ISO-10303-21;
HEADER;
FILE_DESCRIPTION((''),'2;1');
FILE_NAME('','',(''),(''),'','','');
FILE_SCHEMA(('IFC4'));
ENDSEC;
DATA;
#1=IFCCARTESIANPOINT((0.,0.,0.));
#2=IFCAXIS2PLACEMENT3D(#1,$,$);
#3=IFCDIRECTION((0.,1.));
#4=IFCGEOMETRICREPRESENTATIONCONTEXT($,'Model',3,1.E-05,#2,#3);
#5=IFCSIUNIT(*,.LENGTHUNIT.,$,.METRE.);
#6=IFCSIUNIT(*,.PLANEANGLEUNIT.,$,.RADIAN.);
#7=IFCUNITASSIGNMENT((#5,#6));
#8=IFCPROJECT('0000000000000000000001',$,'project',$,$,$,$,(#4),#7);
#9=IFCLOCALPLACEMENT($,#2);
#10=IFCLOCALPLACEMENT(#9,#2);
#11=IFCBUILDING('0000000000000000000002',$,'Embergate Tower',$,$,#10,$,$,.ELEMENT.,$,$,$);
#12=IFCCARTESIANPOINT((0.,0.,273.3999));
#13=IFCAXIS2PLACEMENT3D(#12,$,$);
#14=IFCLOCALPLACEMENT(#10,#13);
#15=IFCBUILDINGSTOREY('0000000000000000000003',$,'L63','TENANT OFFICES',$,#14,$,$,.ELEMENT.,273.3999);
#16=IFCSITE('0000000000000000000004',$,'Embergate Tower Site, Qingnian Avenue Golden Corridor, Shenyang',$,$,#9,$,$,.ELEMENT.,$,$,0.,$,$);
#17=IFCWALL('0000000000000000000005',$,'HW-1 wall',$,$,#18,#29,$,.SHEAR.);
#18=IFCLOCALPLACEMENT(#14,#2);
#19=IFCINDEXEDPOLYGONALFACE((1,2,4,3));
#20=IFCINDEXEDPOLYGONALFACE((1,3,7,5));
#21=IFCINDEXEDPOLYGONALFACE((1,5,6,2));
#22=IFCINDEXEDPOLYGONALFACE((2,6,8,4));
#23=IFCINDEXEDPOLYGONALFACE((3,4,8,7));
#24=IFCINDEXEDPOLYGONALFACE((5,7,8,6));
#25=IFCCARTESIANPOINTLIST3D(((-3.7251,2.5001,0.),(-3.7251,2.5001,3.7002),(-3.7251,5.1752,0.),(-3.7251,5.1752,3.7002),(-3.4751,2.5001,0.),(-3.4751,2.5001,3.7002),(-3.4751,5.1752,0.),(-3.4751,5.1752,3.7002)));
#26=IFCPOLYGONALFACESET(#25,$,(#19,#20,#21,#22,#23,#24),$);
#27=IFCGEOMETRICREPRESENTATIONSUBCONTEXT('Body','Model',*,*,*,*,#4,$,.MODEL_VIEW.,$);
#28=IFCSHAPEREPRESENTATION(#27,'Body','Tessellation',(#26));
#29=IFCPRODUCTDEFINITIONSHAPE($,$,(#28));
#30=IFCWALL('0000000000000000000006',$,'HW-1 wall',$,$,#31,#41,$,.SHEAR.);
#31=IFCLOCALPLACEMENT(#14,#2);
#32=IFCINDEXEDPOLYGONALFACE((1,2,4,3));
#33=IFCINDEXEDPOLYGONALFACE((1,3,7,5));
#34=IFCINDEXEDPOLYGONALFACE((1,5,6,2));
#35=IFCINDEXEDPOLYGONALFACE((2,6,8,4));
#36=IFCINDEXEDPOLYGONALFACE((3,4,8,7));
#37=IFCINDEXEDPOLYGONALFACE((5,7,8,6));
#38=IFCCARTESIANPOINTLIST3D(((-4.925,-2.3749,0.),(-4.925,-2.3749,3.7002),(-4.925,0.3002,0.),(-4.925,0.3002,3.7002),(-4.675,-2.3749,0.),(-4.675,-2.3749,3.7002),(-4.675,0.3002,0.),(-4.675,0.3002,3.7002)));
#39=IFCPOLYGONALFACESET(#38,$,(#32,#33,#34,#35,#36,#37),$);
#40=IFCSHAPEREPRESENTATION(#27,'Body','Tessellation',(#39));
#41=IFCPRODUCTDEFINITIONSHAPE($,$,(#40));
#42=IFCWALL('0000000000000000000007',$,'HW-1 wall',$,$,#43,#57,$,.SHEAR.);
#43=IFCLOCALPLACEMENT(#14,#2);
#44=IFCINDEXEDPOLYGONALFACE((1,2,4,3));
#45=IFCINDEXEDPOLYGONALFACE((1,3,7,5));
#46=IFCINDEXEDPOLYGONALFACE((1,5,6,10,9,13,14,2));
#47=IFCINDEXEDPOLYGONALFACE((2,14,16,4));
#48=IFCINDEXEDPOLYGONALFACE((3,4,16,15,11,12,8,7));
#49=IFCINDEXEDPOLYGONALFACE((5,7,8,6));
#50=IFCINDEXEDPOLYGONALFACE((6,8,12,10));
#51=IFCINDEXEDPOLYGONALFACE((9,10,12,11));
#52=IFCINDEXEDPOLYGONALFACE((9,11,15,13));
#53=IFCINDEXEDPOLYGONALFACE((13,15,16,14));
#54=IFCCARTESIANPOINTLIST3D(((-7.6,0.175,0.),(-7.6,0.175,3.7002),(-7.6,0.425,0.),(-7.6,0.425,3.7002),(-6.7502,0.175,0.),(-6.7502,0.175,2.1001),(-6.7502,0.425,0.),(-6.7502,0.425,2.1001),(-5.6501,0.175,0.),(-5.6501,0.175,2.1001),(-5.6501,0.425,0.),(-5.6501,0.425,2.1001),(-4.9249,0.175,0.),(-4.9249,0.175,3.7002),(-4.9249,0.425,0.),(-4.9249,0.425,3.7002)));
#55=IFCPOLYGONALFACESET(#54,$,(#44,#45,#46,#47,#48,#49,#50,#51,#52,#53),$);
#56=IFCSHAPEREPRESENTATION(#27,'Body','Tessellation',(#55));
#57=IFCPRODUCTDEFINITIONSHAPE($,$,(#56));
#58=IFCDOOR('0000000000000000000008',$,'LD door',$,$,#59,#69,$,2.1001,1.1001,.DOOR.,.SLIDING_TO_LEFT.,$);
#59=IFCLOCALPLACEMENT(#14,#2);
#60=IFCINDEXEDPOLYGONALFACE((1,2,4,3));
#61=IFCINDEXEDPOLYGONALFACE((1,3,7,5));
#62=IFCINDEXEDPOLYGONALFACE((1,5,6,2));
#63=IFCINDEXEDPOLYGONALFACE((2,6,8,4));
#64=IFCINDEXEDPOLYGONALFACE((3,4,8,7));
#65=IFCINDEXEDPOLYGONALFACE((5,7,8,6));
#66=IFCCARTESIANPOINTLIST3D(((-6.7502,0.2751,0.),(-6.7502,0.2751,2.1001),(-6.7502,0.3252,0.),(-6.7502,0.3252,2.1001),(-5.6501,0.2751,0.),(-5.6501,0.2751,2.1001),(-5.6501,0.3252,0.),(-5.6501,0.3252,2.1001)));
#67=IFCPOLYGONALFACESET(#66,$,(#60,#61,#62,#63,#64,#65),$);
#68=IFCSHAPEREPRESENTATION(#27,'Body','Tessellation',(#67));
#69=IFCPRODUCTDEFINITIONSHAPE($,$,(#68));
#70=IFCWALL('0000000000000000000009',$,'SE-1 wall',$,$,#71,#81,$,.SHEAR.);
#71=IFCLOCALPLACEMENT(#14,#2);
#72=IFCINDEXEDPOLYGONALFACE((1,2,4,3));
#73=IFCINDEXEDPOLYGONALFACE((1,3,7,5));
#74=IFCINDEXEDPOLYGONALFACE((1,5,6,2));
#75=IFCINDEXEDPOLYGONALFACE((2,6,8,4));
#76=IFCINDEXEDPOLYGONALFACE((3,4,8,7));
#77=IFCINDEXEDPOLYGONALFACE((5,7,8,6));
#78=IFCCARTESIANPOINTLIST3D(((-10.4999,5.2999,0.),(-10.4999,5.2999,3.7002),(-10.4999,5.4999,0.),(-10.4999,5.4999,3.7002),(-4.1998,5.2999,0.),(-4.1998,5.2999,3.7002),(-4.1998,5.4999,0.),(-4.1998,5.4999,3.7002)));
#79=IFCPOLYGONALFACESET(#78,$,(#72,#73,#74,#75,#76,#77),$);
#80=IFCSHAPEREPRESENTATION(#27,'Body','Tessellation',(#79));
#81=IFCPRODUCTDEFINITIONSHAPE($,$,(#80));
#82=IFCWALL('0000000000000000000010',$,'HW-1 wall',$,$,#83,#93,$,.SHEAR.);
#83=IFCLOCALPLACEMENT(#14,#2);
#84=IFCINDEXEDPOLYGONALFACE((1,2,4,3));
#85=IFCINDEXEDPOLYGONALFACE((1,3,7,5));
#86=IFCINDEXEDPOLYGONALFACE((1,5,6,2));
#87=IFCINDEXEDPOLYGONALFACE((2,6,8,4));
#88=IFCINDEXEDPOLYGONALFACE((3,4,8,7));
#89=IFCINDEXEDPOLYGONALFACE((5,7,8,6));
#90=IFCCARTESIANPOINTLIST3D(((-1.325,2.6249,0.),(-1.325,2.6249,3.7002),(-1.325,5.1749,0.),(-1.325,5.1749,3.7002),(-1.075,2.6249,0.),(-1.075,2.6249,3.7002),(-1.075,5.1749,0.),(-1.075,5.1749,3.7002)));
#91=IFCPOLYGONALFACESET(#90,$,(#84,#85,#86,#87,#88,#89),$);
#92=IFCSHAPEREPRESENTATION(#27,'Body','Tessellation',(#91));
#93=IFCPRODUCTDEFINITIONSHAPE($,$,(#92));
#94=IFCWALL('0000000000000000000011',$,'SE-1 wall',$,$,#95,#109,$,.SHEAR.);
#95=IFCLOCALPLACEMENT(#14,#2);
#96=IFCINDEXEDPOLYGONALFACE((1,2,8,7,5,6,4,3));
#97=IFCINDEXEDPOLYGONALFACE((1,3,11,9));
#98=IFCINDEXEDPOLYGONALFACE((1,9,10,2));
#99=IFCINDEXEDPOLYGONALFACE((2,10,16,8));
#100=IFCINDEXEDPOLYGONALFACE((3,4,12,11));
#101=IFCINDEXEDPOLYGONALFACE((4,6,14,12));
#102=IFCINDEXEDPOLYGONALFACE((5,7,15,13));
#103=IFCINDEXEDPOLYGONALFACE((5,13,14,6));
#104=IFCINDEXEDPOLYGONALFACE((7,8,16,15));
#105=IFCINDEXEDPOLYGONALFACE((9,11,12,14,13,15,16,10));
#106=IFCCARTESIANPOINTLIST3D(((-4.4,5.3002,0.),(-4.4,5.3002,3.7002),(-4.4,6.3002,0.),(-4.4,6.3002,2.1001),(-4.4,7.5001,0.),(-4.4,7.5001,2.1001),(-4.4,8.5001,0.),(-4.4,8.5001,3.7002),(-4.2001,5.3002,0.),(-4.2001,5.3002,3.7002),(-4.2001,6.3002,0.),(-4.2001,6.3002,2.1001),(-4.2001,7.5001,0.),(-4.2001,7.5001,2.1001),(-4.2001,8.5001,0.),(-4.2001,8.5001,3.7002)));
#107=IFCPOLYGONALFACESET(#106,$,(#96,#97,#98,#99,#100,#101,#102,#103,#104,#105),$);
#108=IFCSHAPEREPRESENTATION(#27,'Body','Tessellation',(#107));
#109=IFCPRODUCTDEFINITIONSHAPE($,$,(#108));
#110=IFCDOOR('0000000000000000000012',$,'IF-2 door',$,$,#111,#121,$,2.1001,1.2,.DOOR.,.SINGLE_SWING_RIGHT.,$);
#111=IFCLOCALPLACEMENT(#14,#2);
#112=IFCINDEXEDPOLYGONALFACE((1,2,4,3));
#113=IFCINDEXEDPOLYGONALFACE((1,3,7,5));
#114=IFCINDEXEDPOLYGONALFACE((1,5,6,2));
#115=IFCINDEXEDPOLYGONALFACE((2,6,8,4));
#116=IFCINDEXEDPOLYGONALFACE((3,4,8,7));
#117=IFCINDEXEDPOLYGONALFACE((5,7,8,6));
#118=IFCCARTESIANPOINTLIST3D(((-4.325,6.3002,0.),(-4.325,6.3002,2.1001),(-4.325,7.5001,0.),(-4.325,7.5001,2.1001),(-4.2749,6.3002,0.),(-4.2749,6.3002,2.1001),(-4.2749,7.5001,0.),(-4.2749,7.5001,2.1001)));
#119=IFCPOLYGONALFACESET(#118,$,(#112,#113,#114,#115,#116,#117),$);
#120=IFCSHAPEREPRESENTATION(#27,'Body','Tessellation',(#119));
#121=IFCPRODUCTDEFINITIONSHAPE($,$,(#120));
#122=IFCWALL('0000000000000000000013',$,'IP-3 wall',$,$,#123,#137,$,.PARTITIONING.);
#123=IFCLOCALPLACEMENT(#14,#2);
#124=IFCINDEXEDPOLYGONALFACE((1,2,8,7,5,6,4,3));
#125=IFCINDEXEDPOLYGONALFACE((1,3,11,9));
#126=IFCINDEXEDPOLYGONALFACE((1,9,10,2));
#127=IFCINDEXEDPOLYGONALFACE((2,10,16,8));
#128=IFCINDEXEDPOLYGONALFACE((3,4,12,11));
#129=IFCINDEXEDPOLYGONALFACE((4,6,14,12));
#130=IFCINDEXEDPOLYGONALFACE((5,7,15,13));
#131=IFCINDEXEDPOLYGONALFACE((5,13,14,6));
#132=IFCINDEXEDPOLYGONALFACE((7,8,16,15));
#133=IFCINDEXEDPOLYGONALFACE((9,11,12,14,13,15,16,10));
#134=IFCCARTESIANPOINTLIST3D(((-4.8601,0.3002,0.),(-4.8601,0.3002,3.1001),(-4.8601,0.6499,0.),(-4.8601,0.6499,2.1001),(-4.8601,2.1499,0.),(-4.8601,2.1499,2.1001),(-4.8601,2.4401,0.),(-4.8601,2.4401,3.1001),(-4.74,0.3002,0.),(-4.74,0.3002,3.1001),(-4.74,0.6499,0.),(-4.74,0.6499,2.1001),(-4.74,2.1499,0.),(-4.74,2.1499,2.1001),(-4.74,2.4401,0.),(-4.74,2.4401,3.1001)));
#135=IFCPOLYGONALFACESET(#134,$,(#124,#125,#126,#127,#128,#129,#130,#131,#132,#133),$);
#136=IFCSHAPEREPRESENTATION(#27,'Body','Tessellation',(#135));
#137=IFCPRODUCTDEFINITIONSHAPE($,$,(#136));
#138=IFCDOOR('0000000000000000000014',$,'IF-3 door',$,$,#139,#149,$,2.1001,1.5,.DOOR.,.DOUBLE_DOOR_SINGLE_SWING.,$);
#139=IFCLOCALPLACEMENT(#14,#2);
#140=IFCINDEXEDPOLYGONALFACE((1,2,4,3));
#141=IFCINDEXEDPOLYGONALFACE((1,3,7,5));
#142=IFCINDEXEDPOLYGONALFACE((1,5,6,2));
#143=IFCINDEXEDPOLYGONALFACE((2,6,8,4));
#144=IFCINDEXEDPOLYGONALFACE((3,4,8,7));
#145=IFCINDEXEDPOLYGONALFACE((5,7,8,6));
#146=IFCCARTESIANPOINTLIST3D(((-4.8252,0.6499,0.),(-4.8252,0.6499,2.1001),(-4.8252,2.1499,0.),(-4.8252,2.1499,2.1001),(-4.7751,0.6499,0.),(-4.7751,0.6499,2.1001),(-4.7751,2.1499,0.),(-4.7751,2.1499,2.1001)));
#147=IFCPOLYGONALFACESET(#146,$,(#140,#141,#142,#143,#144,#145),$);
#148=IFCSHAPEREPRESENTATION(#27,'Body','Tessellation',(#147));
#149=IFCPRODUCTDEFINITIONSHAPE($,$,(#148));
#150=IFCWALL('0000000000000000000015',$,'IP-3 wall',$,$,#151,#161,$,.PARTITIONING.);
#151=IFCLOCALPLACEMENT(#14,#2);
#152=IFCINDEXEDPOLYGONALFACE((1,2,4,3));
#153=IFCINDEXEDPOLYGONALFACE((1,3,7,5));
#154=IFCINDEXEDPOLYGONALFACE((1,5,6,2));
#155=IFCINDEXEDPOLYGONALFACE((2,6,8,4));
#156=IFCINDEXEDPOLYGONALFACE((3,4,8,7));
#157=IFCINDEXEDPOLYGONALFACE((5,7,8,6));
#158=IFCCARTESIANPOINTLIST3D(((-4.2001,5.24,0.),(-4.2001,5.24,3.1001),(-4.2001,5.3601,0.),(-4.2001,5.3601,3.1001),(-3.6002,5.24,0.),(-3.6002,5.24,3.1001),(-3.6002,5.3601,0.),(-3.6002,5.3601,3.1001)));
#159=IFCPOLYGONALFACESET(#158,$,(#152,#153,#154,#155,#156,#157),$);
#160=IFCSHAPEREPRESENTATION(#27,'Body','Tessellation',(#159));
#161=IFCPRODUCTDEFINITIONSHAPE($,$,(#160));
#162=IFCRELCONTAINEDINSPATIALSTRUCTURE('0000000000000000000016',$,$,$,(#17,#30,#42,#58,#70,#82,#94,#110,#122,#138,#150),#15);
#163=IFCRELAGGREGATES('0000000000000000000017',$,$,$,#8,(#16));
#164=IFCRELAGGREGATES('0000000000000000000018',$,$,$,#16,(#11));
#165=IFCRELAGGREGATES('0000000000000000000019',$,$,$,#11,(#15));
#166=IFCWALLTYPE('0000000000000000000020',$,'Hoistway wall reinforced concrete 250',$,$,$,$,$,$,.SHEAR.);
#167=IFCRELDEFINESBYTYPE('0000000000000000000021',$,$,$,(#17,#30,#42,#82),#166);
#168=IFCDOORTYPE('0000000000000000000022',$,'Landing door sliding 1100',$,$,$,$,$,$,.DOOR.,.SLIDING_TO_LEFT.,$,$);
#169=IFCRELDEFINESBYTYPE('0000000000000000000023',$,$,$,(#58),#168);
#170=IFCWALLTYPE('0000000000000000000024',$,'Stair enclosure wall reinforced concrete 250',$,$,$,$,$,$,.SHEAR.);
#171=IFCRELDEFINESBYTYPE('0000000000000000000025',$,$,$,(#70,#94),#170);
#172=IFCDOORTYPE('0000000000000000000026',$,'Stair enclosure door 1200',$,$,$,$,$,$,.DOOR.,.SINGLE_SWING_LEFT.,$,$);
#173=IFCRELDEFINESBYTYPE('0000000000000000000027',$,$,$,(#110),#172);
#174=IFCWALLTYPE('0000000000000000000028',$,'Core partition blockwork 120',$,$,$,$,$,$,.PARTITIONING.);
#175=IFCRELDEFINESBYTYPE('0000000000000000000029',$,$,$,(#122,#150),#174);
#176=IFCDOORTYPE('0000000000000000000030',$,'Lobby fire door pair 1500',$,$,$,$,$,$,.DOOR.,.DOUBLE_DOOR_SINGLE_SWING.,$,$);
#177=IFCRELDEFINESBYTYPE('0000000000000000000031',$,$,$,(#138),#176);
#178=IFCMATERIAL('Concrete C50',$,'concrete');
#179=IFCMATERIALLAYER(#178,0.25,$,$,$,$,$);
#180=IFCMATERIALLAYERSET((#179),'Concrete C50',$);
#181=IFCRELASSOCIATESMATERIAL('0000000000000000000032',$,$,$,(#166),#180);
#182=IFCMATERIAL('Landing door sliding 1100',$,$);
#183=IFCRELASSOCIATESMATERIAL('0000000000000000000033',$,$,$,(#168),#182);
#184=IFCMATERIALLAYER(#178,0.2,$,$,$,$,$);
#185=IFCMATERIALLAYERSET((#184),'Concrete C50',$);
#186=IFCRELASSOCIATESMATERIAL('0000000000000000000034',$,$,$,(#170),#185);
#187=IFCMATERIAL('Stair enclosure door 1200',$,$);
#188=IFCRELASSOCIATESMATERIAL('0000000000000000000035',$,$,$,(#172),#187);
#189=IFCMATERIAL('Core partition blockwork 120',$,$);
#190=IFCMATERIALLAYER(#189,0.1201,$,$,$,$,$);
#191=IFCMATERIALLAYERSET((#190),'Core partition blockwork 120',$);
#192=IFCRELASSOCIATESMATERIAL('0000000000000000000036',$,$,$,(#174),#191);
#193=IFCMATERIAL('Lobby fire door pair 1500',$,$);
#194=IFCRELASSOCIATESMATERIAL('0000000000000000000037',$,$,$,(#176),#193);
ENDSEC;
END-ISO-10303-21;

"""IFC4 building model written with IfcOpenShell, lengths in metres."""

from ifc_helpers import new_model, si_unit, direction, frame, frame_2d, origin, place, context, subcontext, project, spatial, rectangle, extrude, source, transform, mapped, material, layer, layer_set, type_object, element, fill, save


model = new_model("IFC4")

# Units and contexts
model_context = context("Model", 3, precision=1e-05, world=origin(), true_north=direction((0.0, 1.0)))
body_context = subcontext(model_context, "Body", "Model", "MODEL_VIEW")
ifc_project = project(units=[si_unit("LENGTHUNIT", "METRE"), si_unit("PLANEANGLEUNIT", "RADIAN")], contexts=[model_context])

# Site, building, storey
site_placement = place(None, origin())
site = spatial("IfcSite", under=ifc_project, at=site_placement, Name="Embergate Tower Site, Qingnian Avenue Golden Corridor, Shenyang", CompositionType="ELEMENT", RefElevation=0.0)
building_placement = place(site_placement, origin())
building = spatial("IfcBuilding", under=site, at=building_placement, Name="Embergate Tower", CompositionType="ELEMENT")
storey_placement = place(building_placement, frame((0.0, 0.0, 273.3999)))
storey = spatial("IfcBuildingStorey", under=building, at=storey_placement, Name="L63", Description="TENANT OFFICES", CompositionType="ELEMENT", Elevation=273.3999)

# Walls
ifc_material_1 = material(Name="Concrete C50", Category="concrete")
ifc_layer_1 = layer(ifc_material_1, 0.25)
ifc_layer_set_1 = layer_set([ifc_layer_1], Name="Concrete C50")
wall_type_1 = type_object("IfcWallType", Name="Hoistway wall reinforced concrete 250", PredefinedType="SHEAR", material=ifc_layer_set_1)
shared_shape_1 = source(origin(), body_context, "Body", "SweptSolid", [
    extrude(rectangle(XDim=2.675, YDim=0.25, at=frame_2d((1.3374, 0.0))), origin(), (0.0, 0.0, 1.0), 3.7002),
])
for number, where, z_axis, x_axis, name in (
    (1, (-3.6001, 5.175, 0.0), (0.0, 0.0, 1.0), (0.0, -1.0, 0.0), "HW-1 wall"),
    (2, (-4.8, 0.3, 0.0), (0.0, 0.0, 1.0), (0.0, -1.0, 0.0), "HW-1 wall"),
):
    element("IfcWall", number, at=place(storey_placement, frame(where, z_axis=z_axis, x_axis=x_axis)), inside=storey, type_object=wall_type_1, Name=name, PredefinedType="SHEAR", context=body_context, shape_type="MappedRepresentation", body=[
        mapped(shared_shape_1, transform((0.0, 0.0, 0.0))),
    ])

# Wall, opening, door
wall_1_placement = place(storey_placement, frame((-4.925, 0.3, 0.0), z_axis=(0.0, 0.0, 1.0), x_axis=(-1.0, 0.0, 0.0)))
wall_1 = element("IfcWall", 3, at=wall_1_placement, inside=storey, type_object=wall_type_1, Name="HW-1 wall", PredefinedType="SHEAR", context=body_context, shape_type="MappedRepresentation", body=[
    mapped(shared_shape_1, transform((0.0, 0.0, 0.0))),
])
shared_shape_2 = source(origin(), body_context, "Body", "SweptSolid", [
    extrude(rectangle(XDim=1.1001, YDim=2.1001, at=frame_2d((0.55, 1.05))), frame((0.0, 0.135, 0.0), z_axis=(0.0, -1.0, 0.0), x_axis=(1.0, 0.0, 0.0)), (0.0, 0.0, 1.0), 0.27),
])
opening_1_placement = place(wall_1_placement, frame((0.7251, 0.0, 0.0)))
opening_1 = element("IfcOpeningElement", 4, at=opening_1_placement, cuts=wall_1, PredefinedType="OPENING", context=body_context, shape_type="MappedRepresentation", body=[
    mapped(shared_shape_2, transform((0.0, 0.0, 0.0))),
])
ifc_material_2 = material(Name="Landing door sliding 1100")
door_type_1 = type_object("IfcDoorType", Name="Landing door sliding 1100", OperationType="SLIDING_TO_LEFT", PredefinedType="DOOR", material=ifc_material_2)
shared_shape_3 = source(origin(), body_context, "Body", "SweptSolid", [
    extrude(rectangle(XDim=1.1001, YDim=2.1001, at=frame_2d((0.55, 1.05))), frame((0.0, 0.0249, 0.0), z_axis=(0.0, -1.0, 0.0), x_axis=(1.0, 0.0, 0.0)), (0.0, 0.0, 1.0), 0.05),
])
door_1_placement = place(opening_1_placement, origin())
door_1 = element("IfcDoor", 5, at=door_1_placement, inside=storey, type_object=door_type_1, Name="LD door", OperationType="SLIDING_TO_LEFT", OverallHeight=2.1001, OverallWidth=1.1001, PredefinedType="DOOR", context=body_context, shape_type="MappedRepresentation", body=[
    mapped(shared_shape_3, transform((0.0, 0.0, 0.0))),
])
fill(opening_1, door_1)

# Walls
ifc_layer_2 = layer(ifc_material_1, 0.2)
ifc_layer_set_2 = layer_set([ifc_layer_2], Name="Concrete C50")
wall_type_2 = type_object("IfcWallType", Name="Stair enclosure wall reinforced concrete 250", PredefinedType="SHEAR", material=ifc_layer_set_2)
shared_shape_4 = source(origin(), body_context, "Body", "SweptSolid", [
    extrude(rectangle(XDim=6.3, YDim=0.2, at=frame_2d((3.1499, 0.0))), origin(), (0.0, 0.0, 1.0), 3.7002),
])
wall_2_placement = place(storey_placement, frame((-4.2, 5.3999, 0.0), z_axis=(0.0, 0.0, 1.0), x_axis=(-1.0, 0.0, 0.0)))
element("IfcWall", 6, at=wall_2_placement, inside=storey, type_object=wall_type_2, Name="SE-1 wall", PredefinedType="SHEAR", context=body_context, shape_type="MappedRepresentation", body=[
    mapped(shared_shape_4, transform((0.0, 0.0, 0.0))),
])
shared_shape_5 = source(origin(), body_context, "Body", "SweptSolid", [
    extrude(rectangle(XDim=2.55, YDim=0.25, at=frame_2d((1.2749, 0.0))), origin(), (0.0, 0.0, 1.0), 3.7002),
])
wall_3_placement = place(storey_placement, frame((-1.2, 2.625, 0.0), z_axis=(0.0, 0.0, 1.0), x_axis=(0.0, 1.0, 0.0)))
element("IfcWall", 7, at=wall_3_placement, inside=storey, type_object=wall_type_1, Name="HW-1 wall", PredefinedType="SHEAR", context=body_context, shape_type="MappedRepresentation", body=[
    mapped(shared_shape_5, transform((0.0, 0.0, 0.0))),
])

# Walls, openings, doors
shared_shape_6 = source(origin(), body_context, "Body", "SweptSolid", [
    extrude(rectangle(XDim=3.2, YDim=0.2, at=frame_2d((1.6001, 0.0))), origin(), (0.0, 0.0, 1.0), 3.7002),
])
wall_4_placement = place(storey_placement, frame((-4.3, 5.3, 0.0), z_axis=(0.0, 0.0, 1.0), x_axis=(0.0, 1.0, 0.0)))
wall_4 = element("IfcWall", 8, at=wall_4_placement, inside=storey, type_object=wall_type_2, Name="SE-1 wall", PredefinedType="SHEAR", context=body_context, shape_type="MappedRepresentation", body=[
    mapped(shared_shape_6, transform((0.0, 0.0, 0.0))),
])
shared_shape_7 = source(origin(), body_context, "Body", "SweptSolid", [
    extrude(rectangle(XDim=1.2, YDim=2.1001, at=frame_2d((0.6001, 1.05))), frame((0.0, 0.1099, 0.0), z_axis=(0.0, -1.0, 0.0), x_axis=(1.0, 0.0, 0.0)), (0.0, 0.0, 1.0), 0.22),
])
opening_2_placement = place(wall_4_placement, frame((1.0, 0.0, 0.0)))
opening_2 = element("IfcOpeningElement", 9, at=opening_2_placement, cuts=wall_4, PredefinedType="OPENING", context=body_context, shape_type="MappedRepresentation", body=[
    mapped(shared_shape_7, transform((0.0, 0.0, 0.0))),
])
ifc_material_3 = material(Name="Stair enclosure door 1200")
door_type_2 = type_object("IfcDoorType", Name="Stair enclosure door 1200", OperationType="SINGLE_SWING_LEFT", PredefinedType="DOOR", material=ifc_material_3)
shared_shape_8 = source(origin(), body_context, "Body", "SweptSolid", [
    extrude(rectangle(XDim=1.2, YDim=2.1001, at=frame_2d((0.6001, 1.05))), frame((0.0, 0.0249, 0.0), z_axis=(0.0, -1.0, 0.0), x_axis=(1.0, 0.0, 0.0)), (0.0, 0.0, 1.0), 0.05),
])
door_2_placement = place(opening_2_placement, origin())
door_2 = element("IfcDoor", 10, at=door_2_placement, inside=storey, type_object=door_type_2, Name="IF-2 door", OperationType="SINGLE_SWING_RIGHT", OverallHeight=2.1001, OverallWidth=1.2, PredefinedType="DOOR", context=body_context, shape_type="MappedRepresentation", body=[
    mapped(shared_shape_8, transform((0.0, 0.0, 0.0))),
])
fill(opening_2, door_2)
ifc_material_4 = material(Name="Core partition blockwork 120")
ifc_layer_3 = layer(ifc_material_4, 0.1201)
ifc_layer_set_3 = layer_set([ifc_layer_3], Name="Core partition blockwork 120")
wall_type_3 = type_object("IfcWallType", Name="Core partition blockwork 120", PredefinedType="PARTITIONING", material=ifc_layer_set_3)
shared_shape_9 = source(origin(), body_context, "Body", "SweptSolid", [
    extrude(rectangle(XDim=2.1399, YDim=0.1201, at=frame_2d((1.0698, 0.0))), origin(), (0.0, 0.0, 1.0), 3.1001),
])
wall_5_placement = place(storey_placement, frame((-4.8, 2.4399, 0.0), z_axis=(0.0, 0.0, 1.0), x_axis=(0.0, -1.0, 0.0)))
wall_5 = element("IfcWall", 11, at=wall_5_placement, inside=storey, type_object=wall_type_3, Name="IP-3 wall", PredefinedType="PARTITIONING", context=body_context, shape_type="MappedRepresentation", body=[
    mapped(shared_shape_9, transform((0.0, 0.0, 0.0))),
])
shared_shape_10 = source(origin(), body_context, "Body", "SweptSolid", [
    extrude(rectangle(XDim=1.5, YDim=2.1001, at=frame_2d((0.75, 1.05))), frame((0.0, 0.0701, 0.0), z_axis=(0.0, -1.0, 0.0), x_axis=(1.0, 0.0, 0.0)), (0.0, 0.0, 1.0), 0.1401),
])
opening_3_placement = place(wall_5_placement, frame((0.29, 0.0, 0.0)))
opening_3 = element("IfcOpeningElement", 12, at=opening_3_placement, cuts=wall_5, PredefinedType="OPENING", context=body_context, shape_type="MappedRepresentation", body=[
    mapped(shared_shape_10, transform((0.0, 0.0, 0.0))),
])
ifc_material_5 = material(Name="Lobby fire door pair 1500")
door_type_3 = type_object("IfcDoorType", Name="Lobby fire door pair 1500", OperationType="DOUBLE_DOOR_SINGLE_SWING", PredefinedType="DOOR", material=ifc_material_5)
shared_shape_11 = source(origin(), body_context, "Body", "SweptSolid", [
    extrude(rectangle(XDim=1.5, YDim=2.1001, at=frame_2d((0.75, 1.05))), frame((0.0, 0.0249, 0.0), z_axis=(0.0, -1.0, 0.0), x_axis=(1.0, 0.0, 0.0)), (0.0, 0.0, 1.0), 0.05),
])
door_3_placement = place(opening_3_placement, origin())
door_3 = element("IfcDoor", 13, at=door_3_placement, inside=storey, type_object=door_type_3, Name="IF-3 door", OperationType="DOUBLE_DOOR_SINGLE_SWING", OverallHeight=2.1001, OverallWidth=1.5, PredefinedType="DOOR", context=body_context, shape_type="MappedRepresentation", body=[
    mapped(shared_shape_11, transform((0.0, 0.0, 0.0))),
])
fill(opening_3, door_3)

# Wall
shared_shape_12 = source(origin(), body_context, "Body", "SweptSolid", [
    extrude(rectangle(XDim=0.5999, YDim=0.1201, at=frame_2d((0.2998, 0.0))), origin(), (0.0, 0.0, 1.0), 3.1001),
])
wall_6_placement = place(storey_placement, frame((-4.2, 5.3, 0.0), z_axis=(0.0, 0.0, 1.0), x_axis=(1.0, 0.0, 0.0)))
element("IfcWall", 14, at=wall_6_placement, inside=storey, type_object=wall_type_3, Name="IP-3 wall", PredefinedType="PARTITIONING", context=body_context, shape_type="MappedRepresentation", body=[
    mapped(shared_shape_12, transform((0.0, 0.0, 0.0))),
])

save(model, "model.ifc")
